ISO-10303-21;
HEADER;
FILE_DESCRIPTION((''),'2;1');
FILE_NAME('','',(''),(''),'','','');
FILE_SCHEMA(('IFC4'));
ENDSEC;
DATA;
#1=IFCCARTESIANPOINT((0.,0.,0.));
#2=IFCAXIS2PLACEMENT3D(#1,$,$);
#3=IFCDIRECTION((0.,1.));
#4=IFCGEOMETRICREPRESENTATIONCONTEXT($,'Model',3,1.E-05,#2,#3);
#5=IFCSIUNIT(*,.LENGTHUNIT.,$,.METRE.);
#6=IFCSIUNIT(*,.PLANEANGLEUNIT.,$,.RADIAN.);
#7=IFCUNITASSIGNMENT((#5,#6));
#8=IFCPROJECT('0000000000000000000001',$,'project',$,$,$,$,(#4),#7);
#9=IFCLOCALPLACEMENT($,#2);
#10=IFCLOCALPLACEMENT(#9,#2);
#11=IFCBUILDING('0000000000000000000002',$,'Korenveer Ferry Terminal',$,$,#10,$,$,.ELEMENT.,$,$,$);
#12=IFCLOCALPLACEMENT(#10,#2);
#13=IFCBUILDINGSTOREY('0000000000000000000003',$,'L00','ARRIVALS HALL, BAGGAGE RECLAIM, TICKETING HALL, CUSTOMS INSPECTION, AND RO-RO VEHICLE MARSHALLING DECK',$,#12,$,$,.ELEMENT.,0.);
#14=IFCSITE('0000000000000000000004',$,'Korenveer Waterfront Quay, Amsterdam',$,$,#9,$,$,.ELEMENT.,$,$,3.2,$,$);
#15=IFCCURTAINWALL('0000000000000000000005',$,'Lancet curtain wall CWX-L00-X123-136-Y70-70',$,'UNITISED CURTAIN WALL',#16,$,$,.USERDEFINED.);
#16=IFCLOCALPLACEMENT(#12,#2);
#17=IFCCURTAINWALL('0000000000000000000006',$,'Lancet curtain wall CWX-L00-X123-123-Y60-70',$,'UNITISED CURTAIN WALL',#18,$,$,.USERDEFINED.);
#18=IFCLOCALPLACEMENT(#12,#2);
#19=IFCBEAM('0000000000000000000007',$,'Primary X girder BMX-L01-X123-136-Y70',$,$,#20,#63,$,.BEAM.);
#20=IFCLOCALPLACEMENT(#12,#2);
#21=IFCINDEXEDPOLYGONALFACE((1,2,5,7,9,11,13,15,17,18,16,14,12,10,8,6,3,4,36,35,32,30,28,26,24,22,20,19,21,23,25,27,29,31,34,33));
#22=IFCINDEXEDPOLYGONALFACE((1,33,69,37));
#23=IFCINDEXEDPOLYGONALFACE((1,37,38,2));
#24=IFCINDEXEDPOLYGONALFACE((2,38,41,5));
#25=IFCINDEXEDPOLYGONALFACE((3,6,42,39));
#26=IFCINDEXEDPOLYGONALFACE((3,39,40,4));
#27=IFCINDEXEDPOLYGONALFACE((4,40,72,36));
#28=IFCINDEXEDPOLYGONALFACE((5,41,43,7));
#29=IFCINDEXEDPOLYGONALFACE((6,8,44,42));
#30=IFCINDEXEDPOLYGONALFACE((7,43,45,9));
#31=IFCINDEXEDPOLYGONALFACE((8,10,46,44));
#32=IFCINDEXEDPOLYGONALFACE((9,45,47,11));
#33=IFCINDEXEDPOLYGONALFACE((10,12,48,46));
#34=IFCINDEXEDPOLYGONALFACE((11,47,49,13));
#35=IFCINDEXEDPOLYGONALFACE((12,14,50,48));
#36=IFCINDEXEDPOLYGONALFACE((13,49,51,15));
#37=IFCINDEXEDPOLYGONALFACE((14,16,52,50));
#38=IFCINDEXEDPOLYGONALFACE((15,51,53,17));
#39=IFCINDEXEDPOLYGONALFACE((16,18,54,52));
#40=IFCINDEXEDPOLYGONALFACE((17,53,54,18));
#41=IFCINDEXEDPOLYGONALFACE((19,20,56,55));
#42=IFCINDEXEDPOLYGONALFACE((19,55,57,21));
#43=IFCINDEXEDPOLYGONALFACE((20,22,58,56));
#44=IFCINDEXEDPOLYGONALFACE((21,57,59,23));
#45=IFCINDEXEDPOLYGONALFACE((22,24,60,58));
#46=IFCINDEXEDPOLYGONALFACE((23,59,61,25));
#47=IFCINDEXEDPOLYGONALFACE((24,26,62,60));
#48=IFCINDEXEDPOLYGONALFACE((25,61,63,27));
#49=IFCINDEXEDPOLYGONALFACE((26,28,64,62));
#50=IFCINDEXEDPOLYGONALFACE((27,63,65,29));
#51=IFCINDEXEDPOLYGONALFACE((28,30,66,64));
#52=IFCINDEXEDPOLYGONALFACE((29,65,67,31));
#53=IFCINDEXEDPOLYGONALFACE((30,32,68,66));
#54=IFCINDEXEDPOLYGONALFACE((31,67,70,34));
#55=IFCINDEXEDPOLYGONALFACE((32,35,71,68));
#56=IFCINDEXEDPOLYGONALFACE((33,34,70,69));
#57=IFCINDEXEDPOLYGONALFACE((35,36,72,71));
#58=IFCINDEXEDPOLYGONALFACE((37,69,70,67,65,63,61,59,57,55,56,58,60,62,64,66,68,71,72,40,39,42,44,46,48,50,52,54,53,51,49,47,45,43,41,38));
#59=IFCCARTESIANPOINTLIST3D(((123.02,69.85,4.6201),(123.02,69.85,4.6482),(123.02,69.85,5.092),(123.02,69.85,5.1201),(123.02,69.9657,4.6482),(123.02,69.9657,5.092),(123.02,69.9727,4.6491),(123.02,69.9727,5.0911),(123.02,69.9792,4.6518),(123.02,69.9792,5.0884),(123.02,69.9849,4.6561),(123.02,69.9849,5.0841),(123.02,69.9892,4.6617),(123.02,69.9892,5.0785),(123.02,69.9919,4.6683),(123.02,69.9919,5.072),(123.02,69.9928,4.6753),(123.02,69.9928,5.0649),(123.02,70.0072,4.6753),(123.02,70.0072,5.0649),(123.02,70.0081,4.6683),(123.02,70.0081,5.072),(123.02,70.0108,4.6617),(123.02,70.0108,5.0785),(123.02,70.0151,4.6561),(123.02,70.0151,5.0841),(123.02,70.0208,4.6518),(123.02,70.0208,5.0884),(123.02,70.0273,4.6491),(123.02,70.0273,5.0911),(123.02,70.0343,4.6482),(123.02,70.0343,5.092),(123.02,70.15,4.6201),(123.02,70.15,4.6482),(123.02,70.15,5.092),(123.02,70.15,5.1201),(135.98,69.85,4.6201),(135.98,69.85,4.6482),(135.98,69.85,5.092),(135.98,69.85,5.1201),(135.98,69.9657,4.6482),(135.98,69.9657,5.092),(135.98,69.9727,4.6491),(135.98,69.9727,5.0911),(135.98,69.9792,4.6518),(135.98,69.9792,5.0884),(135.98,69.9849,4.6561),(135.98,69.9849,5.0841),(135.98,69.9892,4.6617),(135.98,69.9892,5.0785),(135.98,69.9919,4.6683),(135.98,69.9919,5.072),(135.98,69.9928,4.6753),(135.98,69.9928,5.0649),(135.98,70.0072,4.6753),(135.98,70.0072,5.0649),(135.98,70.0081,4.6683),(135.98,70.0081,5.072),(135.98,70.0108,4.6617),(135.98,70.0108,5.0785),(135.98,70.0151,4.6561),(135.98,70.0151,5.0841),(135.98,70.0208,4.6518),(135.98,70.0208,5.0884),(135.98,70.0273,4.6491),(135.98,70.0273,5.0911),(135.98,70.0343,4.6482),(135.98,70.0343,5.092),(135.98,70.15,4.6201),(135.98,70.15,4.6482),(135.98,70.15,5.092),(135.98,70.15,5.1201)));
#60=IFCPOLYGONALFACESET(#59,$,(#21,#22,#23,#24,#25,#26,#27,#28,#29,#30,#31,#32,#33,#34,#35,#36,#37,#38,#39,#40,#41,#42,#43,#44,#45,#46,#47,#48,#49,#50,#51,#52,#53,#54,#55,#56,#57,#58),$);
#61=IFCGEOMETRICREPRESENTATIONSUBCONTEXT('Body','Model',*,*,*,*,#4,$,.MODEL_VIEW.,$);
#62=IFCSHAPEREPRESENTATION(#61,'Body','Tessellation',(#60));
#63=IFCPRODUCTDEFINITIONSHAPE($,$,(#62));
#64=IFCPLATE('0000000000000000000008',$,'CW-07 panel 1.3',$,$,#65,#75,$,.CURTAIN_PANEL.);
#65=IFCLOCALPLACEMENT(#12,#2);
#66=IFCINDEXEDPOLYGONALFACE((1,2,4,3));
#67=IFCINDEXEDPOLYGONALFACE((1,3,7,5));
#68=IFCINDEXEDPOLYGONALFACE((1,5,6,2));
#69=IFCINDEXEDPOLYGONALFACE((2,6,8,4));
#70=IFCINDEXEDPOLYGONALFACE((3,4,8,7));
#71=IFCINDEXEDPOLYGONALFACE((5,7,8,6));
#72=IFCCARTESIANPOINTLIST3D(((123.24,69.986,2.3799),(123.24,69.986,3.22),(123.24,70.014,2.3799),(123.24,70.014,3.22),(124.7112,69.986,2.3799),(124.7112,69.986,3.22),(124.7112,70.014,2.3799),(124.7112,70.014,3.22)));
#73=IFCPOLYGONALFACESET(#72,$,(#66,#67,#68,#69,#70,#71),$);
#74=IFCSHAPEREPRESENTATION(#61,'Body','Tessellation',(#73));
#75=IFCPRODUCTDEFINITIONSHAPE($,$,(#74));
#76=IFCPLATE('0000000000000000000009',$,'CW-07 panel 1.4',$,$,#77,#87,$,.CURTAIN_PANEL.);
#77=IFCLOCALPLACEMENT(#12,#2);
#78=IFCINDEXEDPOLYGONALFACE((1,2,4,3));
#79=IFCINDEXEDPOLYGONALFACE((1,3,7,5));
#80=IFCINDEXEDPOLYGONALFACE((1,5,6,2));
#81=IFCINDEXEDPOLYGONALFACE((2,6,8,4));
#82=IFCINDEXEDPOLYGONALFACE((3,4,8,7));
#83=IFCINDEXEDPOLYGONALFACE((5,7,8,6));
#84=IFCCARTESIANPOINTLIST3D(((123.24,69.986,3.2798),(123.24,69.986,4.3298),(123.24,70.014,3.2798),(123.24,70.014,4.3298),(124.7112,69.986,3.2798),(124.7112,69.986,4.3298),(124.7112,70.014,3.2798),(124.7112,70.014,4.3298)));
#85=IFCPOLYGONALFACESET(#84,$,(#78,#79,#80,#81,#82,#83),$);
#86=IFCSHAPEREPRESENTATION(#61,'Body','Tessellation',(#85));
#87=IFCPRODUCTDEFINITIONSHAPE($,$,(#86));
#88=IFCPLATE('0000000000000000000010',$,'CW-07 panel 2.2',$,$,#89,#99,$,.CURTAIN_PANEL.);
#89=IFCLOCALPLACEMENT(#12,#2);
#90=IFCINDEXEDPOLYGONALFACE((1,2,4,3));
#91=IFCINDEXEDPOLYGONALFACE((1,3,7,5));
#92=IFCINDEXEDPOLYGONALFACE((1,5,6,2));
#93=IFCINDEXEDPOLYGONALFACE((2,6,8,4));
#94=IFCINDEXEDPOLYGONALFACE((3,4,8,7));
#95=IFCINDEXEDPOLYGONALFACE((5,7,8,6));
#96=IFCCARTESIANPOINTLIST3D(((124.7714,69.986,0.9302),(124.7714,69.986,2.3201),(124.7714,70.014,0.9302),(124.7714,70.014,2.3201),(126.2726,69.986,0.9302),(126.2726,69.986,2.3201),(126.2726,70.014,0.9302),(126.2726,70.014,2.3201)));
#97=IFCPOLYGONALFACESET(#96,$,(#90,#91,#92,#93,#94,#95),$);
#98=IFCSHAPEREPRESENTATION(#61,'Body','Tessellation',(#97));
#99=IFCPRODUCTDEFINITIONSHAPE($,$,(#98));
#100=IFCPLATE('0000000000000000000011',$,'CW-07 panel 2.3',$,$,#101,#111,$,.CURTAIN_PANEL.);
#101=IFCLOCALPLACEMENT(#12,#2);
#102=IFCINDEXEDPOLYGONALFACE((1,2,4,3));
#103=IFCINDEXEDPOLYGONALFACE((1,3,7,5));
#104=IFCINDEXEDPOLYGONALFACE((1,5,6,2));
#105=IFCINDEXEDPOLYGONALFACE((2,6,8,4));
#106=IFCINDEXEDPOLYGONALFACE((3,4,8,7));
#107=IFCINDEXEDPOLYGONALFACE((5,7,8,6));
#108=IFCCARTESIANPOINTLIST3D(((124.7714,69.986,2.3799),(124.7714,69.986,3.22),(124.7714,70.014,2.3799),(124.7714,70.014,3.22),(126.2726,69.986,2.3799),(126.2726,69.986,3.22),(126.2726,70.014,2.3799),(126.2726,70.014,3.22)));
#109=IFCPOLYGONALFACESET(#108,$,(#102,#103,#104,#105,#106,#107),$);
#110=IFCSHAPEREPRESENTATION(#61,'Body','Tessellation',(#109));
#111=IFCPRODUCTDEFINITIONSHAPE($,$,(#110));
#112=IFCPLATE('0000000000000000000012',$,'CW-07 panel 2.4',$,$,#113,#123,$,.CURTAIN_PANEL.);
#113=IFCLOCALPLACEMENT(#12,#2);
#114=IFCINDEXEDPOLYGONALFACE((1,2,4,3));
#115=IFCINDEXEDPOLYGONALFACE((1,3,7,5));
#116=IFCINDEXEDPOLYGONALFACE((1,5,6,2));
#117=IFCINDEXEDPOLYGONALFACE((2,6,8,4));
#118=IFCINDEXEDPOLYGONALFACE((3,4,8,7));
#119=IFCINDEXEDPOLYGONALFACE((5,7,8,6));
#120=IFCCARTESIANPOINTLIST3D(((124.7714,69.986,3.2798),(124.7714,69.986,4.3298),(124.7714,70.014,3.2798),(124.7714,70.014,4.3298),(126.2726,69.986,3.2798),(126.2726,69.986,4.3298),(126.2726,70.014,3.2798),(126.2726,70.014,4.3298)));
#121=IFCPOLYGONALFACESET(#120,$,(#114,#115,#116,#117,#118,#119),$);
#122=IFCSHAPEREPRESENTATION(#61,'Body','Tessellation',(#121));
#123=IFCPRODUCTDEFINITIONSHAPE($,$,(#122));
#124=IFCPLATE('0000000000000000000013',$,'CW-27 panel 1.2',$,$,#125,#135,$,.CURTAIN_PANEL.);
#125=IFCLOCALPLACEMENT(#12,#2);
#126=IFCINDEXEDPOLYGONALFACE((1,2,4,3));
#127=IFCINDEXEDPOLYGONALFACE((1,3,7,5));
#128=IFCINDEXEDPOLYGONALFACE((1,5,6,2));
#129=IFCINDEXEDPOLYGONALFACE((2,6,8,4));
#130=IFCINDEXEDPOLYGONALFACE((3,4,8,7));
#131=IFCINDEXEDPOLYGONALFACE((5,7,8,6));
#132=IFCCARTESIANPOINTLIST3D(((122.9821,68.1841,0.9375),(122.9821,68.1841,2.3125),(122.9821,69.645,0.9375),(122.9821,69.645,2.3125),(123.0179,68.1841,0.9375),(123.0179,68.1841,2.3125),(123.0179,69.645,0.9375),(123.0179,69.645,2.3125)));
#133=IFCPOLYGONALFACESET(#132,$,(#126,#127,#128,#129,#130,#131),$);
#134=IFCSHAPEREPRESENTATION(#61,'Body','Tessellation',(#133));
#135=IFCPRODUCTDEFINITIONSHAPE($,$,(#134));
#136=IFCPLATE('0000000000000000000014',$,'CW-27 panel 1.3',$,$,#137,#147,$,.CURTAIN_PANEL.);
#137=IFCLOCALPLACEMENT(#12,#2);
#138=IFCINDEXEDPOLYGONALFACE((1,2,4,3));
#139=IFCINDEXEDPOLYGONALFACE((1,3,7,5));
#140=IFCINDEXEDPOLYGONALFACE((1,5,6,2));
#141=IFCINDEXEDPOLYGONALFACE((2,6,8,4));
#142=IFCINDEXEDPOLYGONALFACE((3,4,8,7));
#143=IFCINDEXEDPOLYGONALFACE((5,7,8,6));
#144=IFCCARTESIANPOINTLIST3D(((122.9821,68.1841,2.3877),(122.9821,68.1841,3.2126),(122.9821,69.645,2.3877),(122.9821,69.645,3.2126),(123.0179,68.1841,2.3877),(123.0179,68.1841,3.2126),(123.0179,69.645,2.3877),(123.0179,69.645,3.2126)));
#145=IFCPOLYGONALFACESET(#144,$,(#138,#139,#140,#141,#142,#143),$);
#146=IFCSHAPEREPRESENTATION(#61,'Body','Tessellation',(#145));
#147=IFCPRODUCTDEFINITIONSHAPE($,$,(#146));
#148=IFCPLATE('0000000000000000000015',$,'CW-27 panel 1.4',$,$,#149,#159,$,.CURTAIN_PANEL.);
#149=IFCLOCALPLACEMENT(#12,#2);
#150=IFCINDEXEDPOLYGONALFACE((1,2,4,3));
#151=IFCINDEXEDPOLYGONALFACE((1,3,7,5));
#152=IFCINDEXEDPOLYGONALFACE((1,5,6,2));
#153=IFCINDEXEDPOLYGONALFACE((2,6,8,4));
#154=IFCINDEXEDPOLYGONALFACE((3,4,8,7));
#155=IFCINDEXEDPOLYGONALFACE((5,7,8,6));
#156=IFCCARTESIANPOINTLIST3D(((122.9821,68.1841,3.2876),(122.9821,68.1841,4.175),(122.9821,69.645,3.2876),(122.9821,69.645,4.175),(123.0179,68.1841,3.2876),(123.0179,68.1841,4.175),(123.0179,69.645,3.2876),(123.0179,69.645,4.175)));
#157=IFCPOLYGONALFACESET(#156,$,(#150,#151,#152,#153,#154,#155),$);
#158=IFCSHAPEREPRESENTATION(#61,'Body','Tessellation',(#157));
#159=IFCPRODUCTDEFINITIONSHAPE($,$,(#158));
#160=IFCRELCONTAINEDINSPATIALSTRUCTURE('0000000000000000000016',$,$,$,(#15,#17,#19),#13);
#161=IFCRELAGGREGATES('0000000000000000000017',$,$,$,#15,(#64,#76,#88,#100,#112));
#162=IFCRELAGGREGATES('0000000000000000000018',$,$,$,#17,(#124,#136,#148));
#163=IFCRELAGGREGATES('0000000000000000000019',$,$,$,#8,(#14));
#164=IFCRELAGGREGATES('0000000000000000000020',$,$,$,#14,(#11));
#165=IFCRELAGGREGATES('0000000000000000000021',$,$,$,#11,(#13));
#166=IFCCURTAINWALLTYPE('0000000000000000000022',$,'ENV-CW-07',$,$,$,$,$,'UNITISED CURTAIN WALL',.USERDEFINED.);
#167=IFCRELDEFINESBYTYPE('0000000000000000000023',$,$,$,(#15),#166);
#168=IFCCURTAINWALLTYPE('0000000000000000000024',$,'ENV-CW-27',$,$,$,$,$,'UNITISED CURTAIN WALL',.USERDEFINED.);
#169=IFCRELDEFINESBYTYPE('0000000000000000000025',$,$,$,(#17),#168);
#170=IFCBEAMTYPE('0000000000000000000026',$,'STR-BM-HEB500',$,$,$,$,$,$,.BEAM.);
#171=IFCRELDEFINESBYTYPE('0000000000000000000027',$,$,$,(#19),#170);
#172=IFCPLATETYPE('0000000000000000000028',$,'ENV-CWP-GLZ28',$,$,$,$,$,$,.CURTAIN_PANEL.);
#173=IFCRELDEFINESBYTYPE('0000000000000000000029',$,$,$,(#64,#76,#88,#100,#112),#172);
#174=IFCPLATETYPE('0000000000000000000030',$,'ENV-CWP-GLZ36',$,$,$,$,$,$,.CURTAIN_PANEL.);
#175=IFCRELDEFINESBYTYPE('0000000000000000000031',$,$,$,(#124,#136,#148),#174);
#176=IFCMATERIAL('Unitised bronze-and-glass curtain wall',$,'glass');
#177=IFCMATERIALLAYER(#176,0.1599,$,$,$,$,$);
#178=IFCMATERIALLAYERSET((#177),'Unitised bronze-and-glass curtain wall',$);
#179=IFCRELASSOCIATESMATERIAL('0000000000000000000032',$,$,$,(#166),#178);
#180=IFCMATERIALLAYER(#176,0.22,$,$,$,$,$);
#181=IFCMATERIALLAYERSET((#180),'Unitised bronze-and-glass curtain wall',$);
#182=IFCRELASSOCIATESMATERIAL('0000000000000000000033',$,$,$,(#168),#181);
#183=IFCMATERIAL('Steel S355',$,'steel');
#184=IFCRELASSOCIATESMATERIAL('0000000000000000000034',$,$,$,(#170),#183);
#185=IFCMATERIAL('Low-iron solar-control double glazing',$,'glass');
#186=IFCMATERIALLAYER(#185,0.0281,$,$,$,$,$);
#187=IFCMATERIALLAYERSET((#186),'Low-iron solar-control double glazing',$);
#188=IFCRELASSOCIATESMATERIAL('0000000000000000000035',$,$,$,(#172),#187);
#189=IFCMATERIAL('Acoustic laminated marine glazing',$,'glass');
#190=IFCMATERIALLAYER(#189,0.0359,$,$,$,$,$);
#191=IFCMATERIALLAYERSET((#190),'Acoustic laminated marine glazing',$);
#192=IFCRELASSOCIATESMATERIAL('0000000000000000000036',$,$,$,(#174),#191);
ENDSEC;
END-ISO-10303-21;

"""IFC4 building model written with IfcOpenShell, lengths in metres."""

from ifc_helpers import new_model, si_unit, direction, frame, origin, origin_2d, place, context, subcontext, project, spatial, rectangle, i_section, extrude, material, layer, layer_set, material_profile, profile_set, type_object, element, aggregate, save


model = new_model("IFC4")

# Units and contexts
model_context = context("Model", 3, precision=1e-05, world=origin(), true_north=direction((0.0, 1.0)))
body_context = subcontext(model_context, "Body", "Model", "MODEL_VIEW")
ifc_project = project(units=[si_unit("LENGTHUNIT", "METRE"), si_unit("PLANEANGLEUNIT", "RADIAN")], contexts=[model_context])

# Site, building, storey
site_placement = place(None, origin())
site = spatial("IfcSite", under=ifc_project, at=site_placement, Name="Korenveer Waterfront Quay, Amsterdam", CompositionType="ELEMENT", RefElevation=3.2)
building_placement = place(site_placement, origin())
building = spatial("IfcBuilding", under=site, at=building_placement, Name="Korenveer Ferry Terminal", CompositionType="ELEMENT")
storey_placement = place(building_placement, origin())
storey = spatial("IfcBuildingStorey", under=building, at=storey_placement, Name="L00", Description="ARRIVALS HALL, BAGGAGE RECLAIM, TICKETING HALL, CUSTOMS INSPECTION, AND RO-RO VEHICLE MARSHALLING DECK", CompositionType="ELEMENT", Elevation=0.0)

# Curtain walls
ifc_material_1 = material(Name="Unitised bronze-and-glass curtain wall", Category="glass")
ifc_layer_1 = layer(ifc_material_1, 0.1599)
ifc_layer_set_1 = layer_set([ifc_layer_1], Name="Unitised bronze-and-glass curtain wall")
curtain_wall_type_1 = type_object("IfcCurtainWallType", Name="ENV-CW-07", ElementType="UNITISED CURTAIN WALL", PredefinedType="USERDEFINED", material=ifc_layer_set_1)
curtain_wall_1_placement = place(storey_placement, frame((123.1799, 70.0, 0.0)))
curtain_wall_1 = element("IfcCurtainWall", 1, at=curtain_wall_1_placement, inside=storey, type_object=curtain_wall_type_1, Name="Lancet curtain wall CWX-L00-X123-136-Y70-70", ObjectType="UNITISED CURTAIN WALL", PredefinedType="USERDEFINED")
ifc_layer_2 = layer(ifc_material_1, 0.22)
ifc_layer_set_2 = layer_set([ifc_layer_2], Name="Unitised bronze-and-glass curtain wall")
curtain_wall_type_2 = type_object("IfcCurtainWallType", Name="ENV-CW-27", ElementType="UNITISED CURTAIN WALL", PredefinedType="USERDEFINED", material=ifc_layer_set_2)
curtain_wall_2_placement = place(storey_placement, frame((123.0, 69.72, 0.0)))
curtain_wall_2 = element("IfcCurtainWall", 2, at=curtain_wall_2_placement, inside=storey, type_object=curtain_wall_type_2, Name="Lancet curtain wall CWX-L00-X123-123-Y60-70", ObjectType="UNITISED CURTAIN WALL", PredefinedType="USERDEFINED")

# Beam
ifc_material_2 = material(Name="Steel S355", Category="steel")
ifc_material_profile_1 = material_profile(ifc_material_2, i_section(OverallWidth=0.3, OverallDepth=0.5, WebThickness=0.0144, FlangeThickness=0.0281, FilletRadius=0.0271, at=origin_2d()), Name="HEB 500")
ifc_profile_set_1 = profile_set([ifc_material_profile_1], Name="Steel S355")
beam_type = type_object("IfcBeamType", Name="STR-BM-HEB500", PredefinedType="BEAM", material=ifc_profile_set_1)
beam_placement = place(storey_placement, frame((123.02, 70.0, 4.8701), z_axis=(1.0, 0.0, 0.0), x_axis=(0.0, 1.0, 0.0)))
element("IfcBeam", 3, at=beam_placement, inside=storey, type_object=beam_type, Name="Primary X girder BMX-L01-X123-136-Y70", PredefinedType="BEAM", context=body_context, shape_type="SweptSolid", body=[
    extrude(i_section(OverallWidth=0.3, OverallDepth=0.5, WebThickness=0.0144, FlangeThickness=0.0281, FilletRadius=0.0271, at=origin_2d()), origin(), (0.0, 0.0, 1.0), 12.96),
])

# Plates
ifc_material_3 = material(Name="Low-iron solar-control double glazing", Category="glass")
ifc_layer_3 = layer(ifc_material_3, 0.0281)
ifc_layer_set_3 = layer_set([ifc_layer_3], Name="Low-iron solar-control double glazing")
plate_type_1 = type_object("IfcPlateType", Name="ENV-CWP-GLZ28", PredefinedType="CURTAIN_PANEL", material=ifc_layer_set_3)
plate_1_placement = place(storey_placement, frame((123.9756, 70.0, 2.3799), z_axis=(0.0, 0.0, 1.0), x_axis=(1.0, 0.0, 0.0)))
plate_1 = element("IfcPlate", 4, at=plate_1_placement, type_object=plate_type_1, Name="CW-07 panel 1.3", PredefinedType="CURTAIN_PANEL", context=body_context, shape_type="SweptSolid", body=[
    extrude(rectangle(XDim=1.4712, YDim=0.0281, at=origin_2d()), origin(), (0.0, 0.0, 1.0), 0.8401),
])
plate_2_placement = place(storey_placement, frame((123.9756, 70.0, 3.2798), z_axis=(0.0, 0.0, 1.0), x_axis=(1.0, 0.0, 0.0)))
plate_2 = element("IfcPlate", 5, at=plate_2_placement, type_object=plate_type_1, Name="CW-07 panel 1.4", PredefinedType="CURTAIN_PANEL", context=body_context, shape_type="SweptSolid", body=[
    extrude(rectangle(XDim=1.4712, YDim=0.0281, at=origin_2d()), origin(), (0.0, 0.0, 1.0), 1.05),
])
plate_3_placement = place(storey_placement, frame((125.522, 70.0, 0.9302), z_axis=(0.0, 0.0, 1.0), x_axis=(1.0, 0.0, 0.0)))
plate_3 = element("IfcPlate", 6, at=plate_3_placement, type_object=plate_type_1, Name="CW-07 panel 2.2", PredefinedType="CURTAIN_PANEL", context=body_context, shape_type="SweptSolid", body=[
    extrude(rectangle(XDim=1.5012, YDim=0.0281, at=origin_2d()), origin(), (0.0, 0.0, 1.0), 1.3899),
])
plate_4_placement = place(storey_placement, frame((125.522, 70.0, 2.3799), z_axis=(0.0, 0.0, 1.0), x_axis=(1.0, 0.0, 0.0)))
plate_4 = element("IfcPlate", 7, at=plate_4_placement, type_object=plate_type_1, Name="CW-07 panel 2.3", PredefinedType="CURTAIN_PANEL", context=body_context, shape_type="SweptSolid", body=[
    extrude(rectangle(XDim=1.5012, YDim=0.0281, at=origin_2d()), origin(), (0.0, 0.0, 1.0), 0.8401),
])
plate_5_placement = place(storey_placement, frame((125.522, 70.0, 3.2798), z_axis=(0.0, 0.0, 1.0), x_axis=(1.0, 0.0, 0.0)))
plate_5 = element("IfcPlate", 8, at=plate_5_placement, type_object=plate_type_1, Name="CW-07 panel 2.4", PredefinedType="CURTAIN_PANEL", context=body_context, shape_type="SweptSolid", body=[
    extrude(rectangle(XDim=1.5012, YDim=0.0281, at=origin_2d()), origin(), (0.0, 0.0, 1.0), 1.05),
])
aggregate(curtain_wall_1, [plate_1, plate_2, plate_3, plate_4, plate_5])
ifc_material_4 = material(Name="Acoustic laminated marine glazing", Category="glass")
ifc_layer_4 = layer(ifc_material_4, 0.0359)
ifc_layer_set_4 = layer_set([ifc_layer_4], Name="Acoustic laminated marine glazing")
plate_type_2 = type_object("IfcPlateType", Name="ENV-CWP-GLZ36", PredefinedType="CURTAIN_PANEL", material=ifc_layer_set_4)
plate_6_placement = place(storey_placement, frame((123.0, 68.9146, 0.9375), z_axis=(0.0, 0.0, 1.0), x_axis=(0.0, -1.0, 0.0)))
plate_6 = element("IfcPlate", 9, at=plate_6_placement, type_object=plate_type_2, Name="CW-27 panel 1.2", PredefinedType="CURTAIN_PANEL", context=body_context, shape_type="SweptSolid", body=[
    extrude(rectangle(XDim=1.4609, YDim=0.0359, at=origin_2d()), origin(), (0.0, 0.0, 1.0), 1.375),
])
plate_7_placement = place(storey_placement, frame((123.0, 68.9146, 2.3877), z_axis=(0.0, 0.0, 1.0), x_axis=(0.0, -1.0, 0.0)))
plate_7 = element("IfcPlate", 10, at=plate_7_placement, type_object=plate_type_2, Name="CW-27 panel 1.3", PredefinedType="CURTAIN_PANEL", context=body_context, shape_type="SweptSolid", body=[
    extrude(rectangle(XDim=1.4609, YDim=0.0359, at=origin_2d()), origin(), (0.0, 0.0, 1.0), 0.825),
])
plate_8_placement = place(storey_placement, frame((123.0, 68.9146, 3.2876), z_axis=(0.0, 0.0, 1.0), x_axis=(0.0, -1.0, 0.0)))
plate_8 = element("IfcPlate", 11, at=plate_8_placement, type_object=plate_type_2, Name="CW-27 panel 1.4", PredefinedType="CURTAIN_PANEL", context=body_context, shape_type="SweptSolid", body=[
    extrude(rectangle(XDim=1.4609, YDim=0.0359, at=origin_2d()), origin(), (0.0, 0.0, 1.0), 0.8875),
])
aggregate(curtain_wall_2, [plate_6, plate_7, plate_8])

save(model, "model.ifc")
